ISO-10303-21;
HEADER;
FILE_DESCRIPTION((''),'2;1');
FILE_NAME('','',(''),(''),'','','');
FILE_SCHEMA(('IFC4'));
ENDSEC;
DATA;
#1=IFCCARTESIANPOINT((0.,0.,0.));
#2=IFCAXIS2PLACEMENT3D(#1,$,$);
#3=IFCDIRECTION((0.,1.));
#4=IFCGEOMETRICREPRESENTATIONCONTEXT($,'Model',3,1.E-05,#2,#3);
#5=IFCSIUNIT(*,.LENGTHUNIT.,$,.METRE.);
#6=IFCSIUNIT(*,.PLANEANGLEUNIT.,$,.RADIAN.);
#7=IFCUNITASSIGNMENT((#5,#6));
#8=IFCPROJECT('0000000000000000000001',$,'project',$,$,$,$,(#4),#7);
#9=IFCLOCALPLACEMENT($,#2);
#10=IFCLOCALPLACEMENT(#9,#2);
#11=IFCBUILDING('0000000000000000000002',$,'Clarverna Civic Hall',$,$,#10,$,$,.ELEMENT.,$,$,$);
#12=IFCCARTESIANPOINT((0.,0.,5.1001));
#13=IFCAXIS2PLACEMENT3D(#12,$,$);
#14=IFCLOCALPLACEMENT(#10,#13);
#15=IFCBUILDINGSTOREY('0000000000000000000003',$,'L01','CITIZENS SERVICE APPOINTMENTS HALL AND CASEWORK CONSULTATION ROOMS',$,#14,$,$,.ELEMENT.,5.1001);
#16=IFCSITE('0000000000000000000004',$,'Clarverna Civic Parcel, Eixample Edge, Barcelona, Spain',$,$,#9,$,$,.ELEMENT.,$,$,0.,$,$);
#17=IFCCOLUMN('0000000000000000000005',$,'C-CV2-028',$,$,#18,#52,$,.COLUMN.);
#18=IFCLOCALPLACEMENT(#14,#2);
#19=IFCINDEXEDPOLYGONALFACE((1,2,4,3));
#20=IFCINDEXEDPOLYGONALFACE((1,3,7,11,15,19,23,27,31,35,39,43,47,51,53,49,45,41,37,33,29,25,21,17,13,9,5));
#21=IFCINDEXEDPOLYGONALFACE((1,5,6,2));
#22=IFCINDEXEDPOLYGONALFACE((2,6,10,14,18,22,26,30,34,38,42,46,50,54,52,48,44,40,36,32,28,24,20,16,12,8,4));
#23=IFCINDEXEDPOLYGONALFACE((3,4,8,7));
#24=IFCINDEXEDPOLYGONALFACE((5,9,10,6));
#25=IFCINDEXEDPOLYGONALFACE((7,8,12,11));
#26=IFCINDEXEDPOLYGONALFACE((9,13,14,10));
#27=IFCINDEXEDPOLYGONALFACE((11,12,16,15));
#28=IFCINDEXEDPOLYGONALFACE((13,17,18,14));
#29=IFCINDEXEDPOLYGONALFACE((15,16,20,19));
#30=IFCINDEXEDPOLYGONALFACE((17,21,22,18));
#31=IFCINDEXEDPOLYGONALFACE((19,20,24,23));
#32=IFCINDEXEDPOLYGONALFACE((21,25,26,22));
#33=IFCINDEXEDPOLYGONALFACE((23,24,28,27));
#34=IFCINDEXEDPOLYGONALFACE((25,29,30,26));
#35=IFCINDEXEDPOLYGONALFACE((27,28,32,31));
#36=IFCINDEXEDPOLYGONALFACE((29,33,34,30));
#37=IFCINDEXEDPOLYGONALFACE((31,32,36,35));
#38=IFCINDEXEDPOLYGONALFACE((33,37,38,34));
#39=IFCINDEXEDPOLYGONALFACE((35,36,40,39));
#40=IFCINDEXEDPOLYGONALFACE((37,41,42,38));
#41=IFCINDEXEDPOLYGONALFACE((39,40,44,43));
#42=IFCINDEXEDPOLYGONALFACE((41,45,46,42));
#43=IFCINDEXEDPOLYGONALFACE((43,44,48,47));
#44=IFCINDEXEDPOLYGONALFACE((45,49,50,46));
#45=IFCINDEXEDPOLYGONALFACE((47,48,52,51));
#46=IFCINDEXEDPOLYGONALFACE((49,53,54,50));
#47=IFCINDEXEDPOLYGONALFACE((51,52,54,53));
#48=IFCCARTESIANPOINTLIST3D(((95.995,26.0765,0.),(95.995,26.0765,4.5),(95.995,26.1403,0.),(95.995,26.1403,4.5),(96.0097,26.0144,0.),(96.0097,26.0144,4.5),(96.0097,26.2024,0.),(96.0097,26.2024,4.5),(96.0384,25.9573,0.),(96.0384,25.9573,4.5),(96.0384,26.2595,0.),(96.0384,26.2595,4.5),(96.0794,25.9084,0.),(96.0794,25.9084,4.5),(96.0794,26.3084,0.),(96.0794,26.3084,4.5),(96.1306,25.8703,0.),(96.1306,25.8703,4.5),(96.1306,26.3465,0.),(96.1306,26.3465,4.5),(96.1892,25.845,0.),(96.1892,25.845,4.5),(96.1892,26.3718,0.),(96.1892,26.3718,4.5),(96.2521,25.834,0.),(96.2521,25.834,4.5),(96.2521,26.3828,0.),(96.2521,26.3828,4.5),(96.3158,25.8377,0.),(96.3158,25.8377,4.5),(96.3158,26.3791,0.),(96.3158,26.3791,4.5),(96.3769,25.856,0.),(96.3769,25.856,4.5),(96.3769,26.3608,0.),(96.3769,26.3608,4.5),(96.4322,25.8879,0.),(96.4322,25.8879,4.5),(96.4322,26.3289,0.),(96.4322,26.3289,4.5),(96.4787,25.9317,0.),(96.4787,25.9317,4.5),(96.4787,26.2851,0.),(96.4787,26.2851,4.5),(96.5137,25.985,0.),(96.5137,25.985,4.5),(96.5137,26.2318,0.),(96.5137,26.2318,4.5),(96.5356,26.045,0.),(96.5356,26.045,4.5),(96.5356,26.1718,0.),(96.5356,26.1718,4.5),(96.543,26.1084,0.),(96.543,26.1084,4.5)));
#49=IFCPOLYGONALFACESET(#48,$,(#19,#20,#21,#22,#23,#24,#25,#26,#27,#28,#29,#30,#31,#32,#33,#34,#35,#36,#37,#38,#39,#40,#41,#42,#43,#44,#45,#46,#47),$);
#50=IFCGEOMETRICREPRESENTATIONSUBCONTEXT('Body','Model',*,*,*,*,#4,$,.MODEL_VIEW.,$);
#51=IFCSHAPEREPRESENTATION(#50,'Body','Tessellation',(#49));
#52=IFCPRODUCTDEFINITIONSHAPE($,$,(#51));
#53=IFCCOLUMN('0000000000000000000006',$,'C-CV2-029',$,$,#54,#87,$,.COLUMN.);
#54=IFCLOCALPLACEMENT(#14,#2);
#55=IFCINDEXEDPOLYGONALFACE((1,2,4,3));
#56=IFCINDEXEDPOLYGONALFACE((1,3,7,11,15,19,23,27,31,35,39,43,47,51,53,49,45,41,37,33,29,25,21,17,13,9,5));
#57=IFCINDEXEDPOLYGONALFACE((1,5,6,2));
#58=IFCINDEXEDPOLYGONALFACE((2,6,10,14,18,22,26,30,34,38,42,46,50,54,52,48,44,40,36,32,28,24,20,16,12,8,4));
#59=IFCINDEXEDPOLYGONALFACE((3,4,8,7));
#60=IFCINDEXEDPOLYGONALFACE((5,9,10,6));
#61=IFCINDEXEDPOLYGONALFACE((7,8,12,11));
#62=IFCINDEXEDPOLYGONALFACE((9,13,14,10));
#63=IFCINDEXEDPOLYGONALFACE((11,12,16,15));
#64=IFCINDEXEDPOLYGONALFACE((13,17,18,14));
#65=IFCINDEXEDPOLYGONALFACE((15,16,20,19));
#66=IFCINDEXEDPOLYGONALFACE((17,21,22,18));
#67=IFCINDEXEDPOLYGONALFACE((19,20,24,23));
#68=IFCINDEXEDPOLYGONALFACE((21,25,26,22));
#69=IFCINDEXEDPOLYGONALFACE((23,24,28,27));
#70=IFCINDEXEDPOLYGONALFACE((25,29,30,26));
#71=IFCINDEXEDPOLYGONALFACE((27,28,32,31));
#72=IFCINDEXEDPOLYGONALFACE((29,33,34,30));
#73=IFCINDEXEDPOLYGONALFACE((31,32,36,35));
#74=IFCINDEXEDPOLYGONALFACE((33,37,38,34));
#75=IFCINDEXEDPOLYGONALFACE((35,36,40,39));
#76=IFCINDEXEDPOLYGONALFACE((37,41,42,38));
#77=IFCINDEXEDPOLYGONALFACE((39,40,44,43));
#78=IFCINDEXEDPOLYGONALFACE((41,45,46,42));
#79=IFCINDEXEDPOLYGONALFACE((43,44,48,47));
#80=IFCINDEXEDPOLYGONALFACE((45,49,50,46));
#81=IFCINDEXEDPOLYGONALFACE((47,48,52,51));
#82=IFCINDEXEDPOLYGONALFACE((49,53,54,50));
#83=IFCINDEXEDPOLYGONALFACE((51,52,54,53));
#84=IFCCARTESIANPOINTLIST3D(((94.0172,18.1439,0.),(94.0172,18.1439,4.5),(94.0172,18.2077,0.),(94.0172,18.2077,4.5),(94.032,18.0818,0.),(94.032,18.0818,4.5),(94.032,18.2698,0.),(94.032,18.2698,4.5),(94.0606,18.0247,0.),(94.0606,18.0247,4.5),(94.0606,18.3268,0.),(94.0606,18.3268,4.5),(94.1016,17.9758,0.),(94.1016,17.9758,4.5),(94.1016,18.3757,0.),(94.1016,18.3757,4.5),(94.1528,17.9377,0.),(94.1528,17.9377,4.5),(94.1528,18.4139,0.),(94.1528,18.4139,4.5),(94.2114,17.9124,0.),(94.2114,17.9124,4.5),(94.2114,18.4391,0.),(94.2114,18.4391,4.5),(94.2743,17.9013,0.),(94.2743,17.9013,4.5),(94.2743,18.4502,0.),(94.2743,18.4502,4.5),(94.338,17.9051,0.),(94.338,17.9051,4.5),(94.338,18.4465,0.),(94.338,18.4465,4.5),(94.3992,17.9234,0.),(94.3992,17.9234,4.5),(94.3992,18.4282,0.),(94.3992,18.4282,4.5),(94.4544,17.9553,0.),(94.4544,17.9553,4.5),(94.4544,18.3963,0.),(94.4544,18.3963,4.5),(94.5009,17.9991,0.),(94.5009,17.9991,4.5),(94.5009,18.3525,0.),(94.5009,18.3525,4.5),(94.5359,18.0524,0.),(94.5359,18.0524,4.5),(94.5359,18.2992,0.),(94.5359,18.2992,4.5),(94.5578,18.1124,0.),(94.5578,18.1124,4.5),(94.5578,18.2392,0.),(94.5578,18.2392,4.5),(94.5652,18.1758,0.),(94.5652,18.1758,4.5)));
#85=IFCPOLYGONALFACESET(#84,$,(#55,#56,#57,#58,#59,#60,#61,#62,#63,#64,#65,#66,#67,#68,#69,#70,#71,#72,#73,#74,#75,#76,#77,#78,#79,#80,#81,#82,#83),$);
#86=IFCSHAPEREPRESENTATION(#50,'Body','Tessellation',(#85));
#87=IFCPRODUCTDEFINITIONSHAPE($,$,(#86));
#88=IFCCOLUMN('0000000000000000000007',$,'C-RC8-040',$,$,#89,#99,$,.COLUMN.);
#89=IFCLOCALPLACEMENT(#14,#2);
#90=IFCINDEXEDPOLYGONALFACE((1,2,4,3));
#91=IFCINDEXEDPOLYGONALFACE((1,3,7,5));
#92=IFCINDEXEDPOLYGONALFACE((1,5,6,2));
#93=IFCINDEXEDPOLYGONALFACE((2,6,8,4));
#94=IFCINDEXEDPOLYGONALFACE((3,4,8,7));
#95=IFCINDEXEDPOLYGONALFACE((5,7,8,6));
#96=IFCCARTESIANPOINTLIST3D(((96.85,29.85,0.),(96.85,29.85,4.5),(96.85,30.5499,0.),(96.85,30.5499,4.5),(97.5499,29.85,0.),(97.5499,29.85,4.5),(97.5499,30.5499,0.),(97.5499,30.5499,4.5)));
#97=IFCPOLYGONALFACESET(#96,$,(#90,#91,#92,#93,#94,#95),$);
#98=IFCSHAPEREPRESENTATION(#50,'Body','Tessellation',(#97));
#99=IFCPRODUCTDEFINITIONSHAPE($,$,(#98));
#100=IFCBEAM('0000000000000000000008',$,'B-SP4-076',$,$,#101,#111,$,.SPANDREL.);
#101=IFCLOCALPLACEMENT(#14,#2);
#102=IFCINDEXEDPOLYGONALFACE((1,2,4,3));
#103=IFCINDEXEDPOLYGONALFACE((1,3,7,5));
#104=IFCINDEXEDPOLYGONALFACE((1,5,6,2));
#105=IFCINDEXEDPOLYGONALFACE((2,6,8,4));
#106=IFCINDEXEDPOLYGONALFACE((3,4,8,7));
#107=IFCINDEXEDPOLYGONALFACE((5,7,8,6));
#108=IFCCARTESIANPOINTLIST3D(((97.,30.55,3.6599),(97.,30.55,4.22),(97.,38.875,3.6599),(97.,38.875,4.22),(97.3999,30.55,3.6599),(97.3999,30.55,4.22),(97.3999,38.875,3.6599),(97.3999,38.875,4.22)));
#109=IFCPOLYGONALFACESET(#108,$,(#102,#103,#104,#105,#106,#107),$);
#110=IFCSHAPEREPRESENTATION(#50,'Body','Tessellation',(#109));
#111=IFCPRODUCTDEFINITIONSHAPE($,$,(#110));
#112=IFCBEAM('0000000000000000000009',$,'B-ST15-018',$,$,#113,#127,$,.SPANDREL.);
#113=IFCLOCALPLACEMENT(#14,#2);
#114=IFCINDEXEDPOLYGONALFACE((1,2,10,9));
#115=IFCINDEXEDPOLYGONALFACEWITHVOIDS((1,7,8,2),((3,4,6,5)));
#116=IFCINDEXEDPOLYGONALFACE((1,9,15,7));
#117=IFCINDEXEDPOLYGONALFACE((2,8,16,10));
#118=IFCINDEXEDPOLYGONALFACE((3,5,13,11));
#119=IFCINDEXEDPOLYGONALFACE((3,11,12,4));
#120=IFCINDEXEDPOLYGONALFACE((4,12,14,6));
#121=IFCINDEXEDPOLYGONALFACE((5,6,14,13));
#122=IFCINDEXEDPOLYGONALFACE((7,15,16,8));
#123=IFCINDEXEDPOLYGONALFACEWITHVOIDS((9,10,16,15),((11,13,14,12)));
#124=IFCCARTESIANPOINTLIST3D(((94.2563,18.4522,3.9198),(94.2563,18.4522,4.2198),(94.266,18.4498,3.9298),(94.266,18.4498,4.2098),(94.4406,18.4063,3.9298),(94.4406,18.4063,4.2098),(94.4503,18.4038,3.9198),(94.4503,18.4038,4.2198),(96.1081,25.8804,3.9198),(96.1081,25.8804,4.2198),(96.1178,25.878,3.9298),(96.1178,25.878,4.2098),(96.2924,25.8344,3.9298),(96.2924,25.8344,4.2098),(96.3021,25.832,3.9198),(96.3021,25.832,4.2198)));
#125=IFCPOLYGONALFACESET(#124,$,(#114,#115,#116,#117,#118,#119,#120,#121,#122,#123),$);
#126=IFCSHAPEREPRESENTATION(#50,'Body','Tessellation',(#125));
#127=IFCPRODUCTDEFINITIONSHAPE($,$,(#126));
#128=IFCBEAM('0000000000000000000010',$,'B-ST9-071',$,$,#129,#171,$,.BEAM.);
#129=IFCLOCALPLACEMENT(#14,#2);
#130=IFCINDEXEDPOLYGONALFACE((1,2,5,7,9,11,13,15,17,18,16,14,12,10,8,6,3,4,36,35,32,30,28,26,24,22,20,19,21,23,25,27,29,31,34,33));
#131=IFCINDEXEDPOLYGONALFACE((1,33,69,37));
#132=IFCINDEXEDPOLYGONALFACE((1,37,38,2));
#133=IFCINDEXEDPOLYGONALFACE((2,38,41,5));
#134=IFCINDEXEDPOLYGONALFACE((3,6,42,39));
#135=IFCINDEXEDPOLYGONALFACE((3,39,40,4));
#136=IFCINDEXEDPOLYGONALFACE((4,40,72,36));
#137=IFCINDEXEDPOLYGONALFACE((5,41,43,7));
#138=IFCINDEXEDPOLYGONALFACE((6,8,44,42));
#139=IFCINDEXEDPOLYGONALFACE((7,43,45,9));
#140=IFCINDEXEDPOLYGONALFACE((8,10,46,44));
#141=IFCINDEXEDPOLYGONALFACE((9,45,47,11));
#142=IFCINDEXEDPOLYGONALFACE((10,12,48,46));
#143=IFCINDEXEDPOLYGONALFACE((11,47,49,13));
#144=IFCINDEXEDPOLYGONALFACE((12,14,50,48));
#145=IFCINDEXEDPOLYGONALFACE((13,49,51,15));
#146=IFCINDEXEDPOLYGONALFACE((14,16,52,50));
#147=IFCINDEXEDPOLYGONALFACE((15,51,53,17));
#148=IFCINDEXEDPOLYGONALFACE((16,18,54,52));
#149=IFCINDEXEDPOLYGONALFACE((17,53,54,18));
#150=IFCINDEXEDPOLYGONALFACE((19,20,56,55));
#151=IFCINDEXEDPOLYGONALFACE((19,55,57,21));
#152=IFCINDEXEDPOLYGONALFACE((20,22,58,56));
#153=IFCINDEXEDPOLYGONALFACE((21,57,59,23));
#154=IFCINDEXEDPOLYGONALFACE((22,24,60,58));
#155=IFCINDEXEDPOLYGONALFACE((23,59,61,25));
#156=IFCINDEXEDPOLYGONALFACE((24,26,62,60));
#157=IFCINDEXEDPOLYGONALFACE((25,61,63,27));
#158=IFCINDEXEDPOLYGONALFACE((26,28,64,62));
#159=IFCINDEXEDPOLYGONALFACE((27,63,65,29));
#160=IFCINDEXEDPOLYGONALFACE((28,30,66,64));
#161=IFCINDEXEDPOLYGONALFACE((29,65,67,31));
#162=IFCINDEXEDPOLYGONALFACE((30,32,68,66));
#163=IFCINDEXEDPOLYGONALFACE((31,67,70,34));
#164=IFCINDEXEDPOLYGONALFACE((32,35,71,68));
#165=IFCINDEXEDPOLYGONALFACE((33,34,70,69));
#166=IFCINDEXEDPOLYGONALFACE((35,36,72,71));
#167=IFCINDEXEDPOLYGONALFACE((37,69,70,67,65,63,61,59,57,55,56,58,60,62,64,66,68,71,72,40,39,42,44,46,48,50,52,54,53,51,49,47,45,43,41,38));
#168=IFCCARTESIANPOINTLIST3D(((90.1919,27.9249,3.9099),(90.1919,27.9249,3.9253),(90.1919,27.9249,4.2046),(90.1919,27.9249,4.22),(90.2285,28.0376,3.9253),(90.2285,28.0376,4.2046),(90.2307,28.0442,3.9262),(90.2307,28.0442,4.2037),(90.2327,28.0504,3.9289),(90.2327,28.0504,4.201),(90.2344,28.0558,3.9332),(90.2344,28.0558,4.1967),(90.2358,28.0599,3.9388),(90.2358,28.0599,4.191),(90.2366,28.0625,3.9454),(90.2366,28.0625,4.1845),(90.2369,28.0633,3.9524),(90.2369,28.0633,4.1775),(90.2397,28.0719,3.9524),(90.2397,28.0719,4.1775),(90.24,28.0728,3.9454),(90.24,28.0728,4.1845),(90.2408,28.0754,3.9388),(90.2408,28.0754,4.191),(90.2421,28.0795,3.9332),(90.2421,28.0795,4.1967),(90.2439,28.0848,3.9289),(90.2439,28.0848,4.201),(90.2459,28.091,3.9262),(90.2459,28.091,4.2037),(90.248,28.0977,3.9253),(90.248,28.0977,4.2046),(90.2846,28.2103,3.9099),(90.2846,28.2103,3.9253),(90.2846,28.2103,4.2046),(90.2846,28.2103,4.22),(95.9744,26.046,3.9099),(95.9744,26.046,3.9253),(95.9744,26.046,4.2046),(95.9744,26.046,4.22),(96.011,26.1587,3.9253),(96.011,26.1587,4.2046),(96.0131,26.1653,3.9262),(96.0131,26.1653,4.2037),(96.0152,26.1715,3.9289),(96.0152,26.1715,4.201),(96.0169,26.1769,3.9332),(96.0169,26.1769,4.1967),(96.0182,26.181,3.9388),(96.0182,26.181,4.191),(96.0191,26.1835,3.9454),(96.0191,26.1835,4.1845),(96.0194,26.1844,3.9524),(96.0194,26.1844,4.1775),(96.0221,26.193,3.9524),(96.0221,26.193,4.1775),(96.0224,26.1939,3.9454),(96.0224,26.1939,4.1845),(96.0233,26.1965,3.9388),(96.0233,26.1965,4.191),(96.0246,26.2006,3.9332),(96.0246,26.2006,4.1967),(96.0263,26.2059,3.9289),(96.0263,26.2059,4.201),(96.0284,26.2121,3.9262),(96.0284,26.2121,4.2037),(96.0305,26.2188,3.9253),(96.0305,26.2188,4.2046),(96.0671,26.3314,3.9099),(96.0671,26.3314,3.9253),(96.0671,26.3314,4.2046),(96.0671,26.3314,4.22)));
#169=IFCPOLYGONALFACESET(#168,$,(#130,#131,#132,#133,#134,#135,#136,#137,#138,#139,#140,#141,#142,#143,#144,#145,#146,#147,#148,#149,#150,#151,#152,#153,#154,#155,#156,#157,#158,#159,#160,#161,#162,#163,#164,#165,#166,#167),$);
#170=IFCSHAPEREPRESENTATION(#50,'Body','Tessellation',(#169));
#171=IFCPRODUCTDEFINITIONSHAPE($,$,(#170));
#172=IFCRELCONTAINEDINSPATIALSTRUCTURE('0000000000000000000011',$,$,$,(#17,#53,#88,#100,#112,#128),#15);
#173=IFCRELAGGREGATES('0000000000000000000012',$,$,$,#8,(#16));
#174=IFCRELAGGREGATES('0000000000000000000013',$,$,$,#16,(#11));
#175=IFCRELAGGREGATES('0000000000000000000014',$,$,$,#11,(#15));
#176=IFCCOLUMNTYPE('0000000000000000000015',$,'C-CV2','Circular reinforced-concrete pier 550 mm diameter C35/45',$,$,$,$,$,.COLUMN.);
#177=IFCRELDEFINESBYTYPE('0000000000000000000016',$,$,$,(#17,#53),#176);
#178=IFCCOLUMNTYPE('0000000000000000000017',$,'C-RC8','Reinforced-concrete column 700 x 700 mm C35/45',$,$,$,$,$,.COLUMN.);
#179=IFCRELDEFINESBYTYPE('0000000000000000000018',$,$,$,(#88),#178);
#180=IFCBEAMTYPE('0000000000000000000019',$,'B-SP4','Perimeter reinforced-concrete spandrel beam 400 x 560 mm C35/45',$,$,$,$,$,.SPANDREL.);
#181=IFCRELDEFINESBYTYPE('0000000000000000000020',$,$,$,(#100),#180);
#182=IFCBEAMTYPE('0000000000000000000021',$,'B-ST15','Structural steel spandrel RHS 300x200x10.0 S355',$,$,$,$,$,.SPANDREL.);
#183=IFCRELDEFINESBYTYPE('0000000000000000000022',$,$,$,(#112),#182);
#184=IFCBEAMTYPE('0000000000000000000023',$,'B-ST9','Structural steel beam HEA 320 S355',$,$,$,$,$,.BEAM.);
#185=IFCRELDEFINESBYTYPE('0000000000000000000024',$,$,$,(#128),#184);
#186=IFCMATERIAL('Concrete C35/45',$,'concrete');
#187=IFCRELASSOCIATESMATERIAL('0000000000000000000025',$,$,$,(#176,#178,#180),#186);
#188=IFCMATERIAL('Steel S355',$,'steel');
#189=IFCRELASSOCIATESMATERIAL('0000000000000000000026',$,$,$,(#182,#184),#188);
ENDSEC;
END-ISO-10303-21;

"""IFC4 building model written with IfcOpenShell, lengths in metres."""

from ifc_helpers import new_model, si_unit, direction, frame, origin, origin_2d, place, context, subcontext, project, spatial, rectangle, hollow_rectangle, circle, i_section, extrude, material, material_profile, profile_set, type_object, element, save


model = new_model("IFC4")

# Units and contexts
model_context = context("Model", 3, precision=1e-05, world=origin(), true_north=direction((0.0, 1.0)))
body_context = subcontext(model_context, "Body", "Model", "MODEL_VIEW")
ifc_project = project(units=[si_unit("LENGTHUNIT", "METRE"), si_unit("PLANEANGLEUNIT", "RADIAN")], contexts=[model_context])

# Site, building, storey
site_placement = place(None, origin())
site = spatial("IfcSite", under=ifc_project, at=site_placement, Name="Clarverna Civic Parcel, Eixample Edge, Barcelona, Spain", CompositionType="ELEMENT", RefElevation=0.0)
building_placement = place(site_placement, origin())
building = spatial("IfcBuilding", under=site, at=building_placement, Name="Clarverna Civic Hall", CompositionType="ELEMENT")
storey_placement = place(building_placement, frame((0.0, 0.0, 5.1001)))
storey = spatial("IfcBuildingStorey", under=building, at=storey_placement, Name="L01", Description="CITIZENS SERVICE APPOINTMENTS HALL AND CASEWORK CONSULTATION ROOMS", CompositionType="ELEMENT", Elevation=5.1001)

# Columns
ifc_material_1 = material(Name="Concrete C35/45", Category="concrete")
ifc_material_profile_1 = material_profile(ifc_material_1, circle(Radius=0.2749, at=origin_2d()), Name="RC D550")
ifc_profile_set_1 = profile_set([ifc_material_profile_1], Name="Concrete C35/45")
column_type_1 = type_object("IfcColumnType", Name="C-CV2", Description="Circular reinforced-concrete pier 550 mm diameter C35/45", PredefinedType="COLUMN", material=ifc_profile_set_1)
for number, where, z_axis, x_axis, name in (
    (1, (96.2681, 26.1084, 0.0), (0.0, 0.0, 1.0), (1.0, 0.0, 0.0), "C-CV2-028"),
    (2, (94.2903, 18.1758, 0.0), (0.0, 0.0, 1.0), (1.0, 0.0, 0.0), "C-CV2-029"),
):
    element("IfcColumn", number, at=place(storey_placement, frame(where, z_axis=z_axis, x_axis=x_axis)), inside=storey, type_object=column_type_1, Name=name, PredefinedType="COLUMN", context=body_context, shape_type="SweptSolid", body=[
        extrude(circle(Radius=0.2749, at=origin_2d()), origin(), (0.0, 0.0, 1.0), 4.5),
    ])
ifc_material_profile_2 = material_profile(ifc_material_1, rectangle(XDim=0.7, YDim=0.7, at=origin_2d()), Name="RC 700x700")
ifc_profile_set_2 = profile_set([ifc_material_profile_2], Name="Concrete C35/45")
column_type_2 = type_object("IfcColumnType", Name="C-RC8", Description="Reinforced-concrete column 700 x 700 mm C35/45", PredefinedType="COLUMN", material=ifc_profile_set_2)
column_placement = place(storey_placement, frame((97.2, 30.2, 0.0), z_axis=(0.0, 0.0, 1.0), x_axis=(1.0, 0.0, 0.0)))
element("IfcColumn", 3, at=column_placement, inside=storey, type_object=column_type_2, Name="C-RC8-040", PredefinedType="COLUMN", context=body_context, shape_type="SweptSolid", body=[
    extrude(rectangle(XDim=0.7, YDim=0.7, at=origin_2d()), origin(), (0.0, 0.0, 1.0), 4.5),
])

# Beams
ifc_material_profile_3 = material_profile(ifc_material_1, rectangle(XDim=0.3999, YDim=0.5601, at=origin_2d()), Name="RC 400x560")
ifc_profile_set_3 = profile_set([ifc_material_profile_3], Name="Concrete C35/45")
beam_type_1 = type_object("IfcBeamType", Name="B-SP4", Description="Perimeter reinforced-concrete spandrel beam 400 x 560 mm C35/45", PredefinedType="SPANDREL", material=ifc_profile_set_3)
beam_1_placement = place(storey_placement, frame((97.2, 30.55, 3.9399), z_axis=(0.0, 1.0, 0.0), x_axis=(-1.0, 0.0, 0.0)))
element("IfcBeam", 4, at=beam_1_placement, inside=storey, type_object=beam_type_1, Name="B-SP4-076", PredefinedType="SPANDREL", context=body_context, shape_type="SweptSolid", body=[
    extrude(rectangle(XDim=0.3999, YDim=0.5601, at=origin_2d()), origin(), (0.0, 0.0, 1.0), 8.325),
])
ifc_material_2 = material(Name="Steel S355", Category="steel")
ifc_material_profile_4 = material_profile(ifc_material_2, hollow_rectangle(XDim=0.2, YDim=0.3, WallThickness=0.01, at=origin_2d()), Name="RHS 300x200x10.0")
ifc_profile_set_4 = profile_set([ifc_material_profile_4], Name="Steel S355")
beam_type_2 = type_object("IfcBeamType", Name="B-ST15", Description="Structural steel spandrel RHS 300x200x10.0 S355", PredefinedType="SPANDREL", material=ifc_profile_set_4)
beam_2_placement = place(storey_placement, frame((96.2051, 25.8562, 4.0698), z_axis=(-0.24189, -0.970304, 0.0), x_axis=(0.970304, -0.24189, 0.0)))
element("IfcBeam", 5, at=beam_2_placement, inside=storey, type_object=beam_type_2, Name="B-ST15-018", PredefinedType="SPANDREL", context=body_context, shape_type="SweptSolid", body=[
    extrude(hollow_rectangle(XDim=0.2, YDim=0.3, WallThickness=0.01, at=origin_2d()), origin(), (0.0, 0.0, 1.0), 7.6555),
])
ifc_material_profile_5 = material_profile(ifc_material_2, i_section(OverallWidth=0.3, OverallDepth=0.3101, WebThickness=0.009, FlangeThickness=0.0154, FilletRadius=0.0271, at=origin_2d()), Name="HEA 320")
ifc_profile_set_5 = profile_set([ifc_material_profile_5], Name="Steel S355")
beam_type_3 = type_object("IfcBeamType", Name="B-ST9", Description="Structural steel beam HEA 320 S355", PredefinedType="BEAM", material=ifc_profile_set_5)
for number, where, z_axis, x_axis, name in (
    (6, (96.0208, 26.1887, 4.0649), (-0.951053, 0.309027, 0.0), (-0.309027, -0.951053, 0.0), "B-ST9-071"),
):
    element("IfcBeam", number, at=place(storey_placement, frame(where, z_axis=z_axis, x_axis=x_axis)), inside=storey, type_object=beam_type_3, Name=name, PredefinedType="BEAM", context=body_context, shape_type="SweptSolid", body=[
        extrude(i_section(OverallWidth=0.3, OverallDepth=0.3101, WebThickness=0.009, FlangeThickness=0.0154, FilletRadius=0.0271, at=origin_2d()), origin(), (0.0, 0.0, 1.0), 6.0801),
    ])

save(model, "model.ifc")
